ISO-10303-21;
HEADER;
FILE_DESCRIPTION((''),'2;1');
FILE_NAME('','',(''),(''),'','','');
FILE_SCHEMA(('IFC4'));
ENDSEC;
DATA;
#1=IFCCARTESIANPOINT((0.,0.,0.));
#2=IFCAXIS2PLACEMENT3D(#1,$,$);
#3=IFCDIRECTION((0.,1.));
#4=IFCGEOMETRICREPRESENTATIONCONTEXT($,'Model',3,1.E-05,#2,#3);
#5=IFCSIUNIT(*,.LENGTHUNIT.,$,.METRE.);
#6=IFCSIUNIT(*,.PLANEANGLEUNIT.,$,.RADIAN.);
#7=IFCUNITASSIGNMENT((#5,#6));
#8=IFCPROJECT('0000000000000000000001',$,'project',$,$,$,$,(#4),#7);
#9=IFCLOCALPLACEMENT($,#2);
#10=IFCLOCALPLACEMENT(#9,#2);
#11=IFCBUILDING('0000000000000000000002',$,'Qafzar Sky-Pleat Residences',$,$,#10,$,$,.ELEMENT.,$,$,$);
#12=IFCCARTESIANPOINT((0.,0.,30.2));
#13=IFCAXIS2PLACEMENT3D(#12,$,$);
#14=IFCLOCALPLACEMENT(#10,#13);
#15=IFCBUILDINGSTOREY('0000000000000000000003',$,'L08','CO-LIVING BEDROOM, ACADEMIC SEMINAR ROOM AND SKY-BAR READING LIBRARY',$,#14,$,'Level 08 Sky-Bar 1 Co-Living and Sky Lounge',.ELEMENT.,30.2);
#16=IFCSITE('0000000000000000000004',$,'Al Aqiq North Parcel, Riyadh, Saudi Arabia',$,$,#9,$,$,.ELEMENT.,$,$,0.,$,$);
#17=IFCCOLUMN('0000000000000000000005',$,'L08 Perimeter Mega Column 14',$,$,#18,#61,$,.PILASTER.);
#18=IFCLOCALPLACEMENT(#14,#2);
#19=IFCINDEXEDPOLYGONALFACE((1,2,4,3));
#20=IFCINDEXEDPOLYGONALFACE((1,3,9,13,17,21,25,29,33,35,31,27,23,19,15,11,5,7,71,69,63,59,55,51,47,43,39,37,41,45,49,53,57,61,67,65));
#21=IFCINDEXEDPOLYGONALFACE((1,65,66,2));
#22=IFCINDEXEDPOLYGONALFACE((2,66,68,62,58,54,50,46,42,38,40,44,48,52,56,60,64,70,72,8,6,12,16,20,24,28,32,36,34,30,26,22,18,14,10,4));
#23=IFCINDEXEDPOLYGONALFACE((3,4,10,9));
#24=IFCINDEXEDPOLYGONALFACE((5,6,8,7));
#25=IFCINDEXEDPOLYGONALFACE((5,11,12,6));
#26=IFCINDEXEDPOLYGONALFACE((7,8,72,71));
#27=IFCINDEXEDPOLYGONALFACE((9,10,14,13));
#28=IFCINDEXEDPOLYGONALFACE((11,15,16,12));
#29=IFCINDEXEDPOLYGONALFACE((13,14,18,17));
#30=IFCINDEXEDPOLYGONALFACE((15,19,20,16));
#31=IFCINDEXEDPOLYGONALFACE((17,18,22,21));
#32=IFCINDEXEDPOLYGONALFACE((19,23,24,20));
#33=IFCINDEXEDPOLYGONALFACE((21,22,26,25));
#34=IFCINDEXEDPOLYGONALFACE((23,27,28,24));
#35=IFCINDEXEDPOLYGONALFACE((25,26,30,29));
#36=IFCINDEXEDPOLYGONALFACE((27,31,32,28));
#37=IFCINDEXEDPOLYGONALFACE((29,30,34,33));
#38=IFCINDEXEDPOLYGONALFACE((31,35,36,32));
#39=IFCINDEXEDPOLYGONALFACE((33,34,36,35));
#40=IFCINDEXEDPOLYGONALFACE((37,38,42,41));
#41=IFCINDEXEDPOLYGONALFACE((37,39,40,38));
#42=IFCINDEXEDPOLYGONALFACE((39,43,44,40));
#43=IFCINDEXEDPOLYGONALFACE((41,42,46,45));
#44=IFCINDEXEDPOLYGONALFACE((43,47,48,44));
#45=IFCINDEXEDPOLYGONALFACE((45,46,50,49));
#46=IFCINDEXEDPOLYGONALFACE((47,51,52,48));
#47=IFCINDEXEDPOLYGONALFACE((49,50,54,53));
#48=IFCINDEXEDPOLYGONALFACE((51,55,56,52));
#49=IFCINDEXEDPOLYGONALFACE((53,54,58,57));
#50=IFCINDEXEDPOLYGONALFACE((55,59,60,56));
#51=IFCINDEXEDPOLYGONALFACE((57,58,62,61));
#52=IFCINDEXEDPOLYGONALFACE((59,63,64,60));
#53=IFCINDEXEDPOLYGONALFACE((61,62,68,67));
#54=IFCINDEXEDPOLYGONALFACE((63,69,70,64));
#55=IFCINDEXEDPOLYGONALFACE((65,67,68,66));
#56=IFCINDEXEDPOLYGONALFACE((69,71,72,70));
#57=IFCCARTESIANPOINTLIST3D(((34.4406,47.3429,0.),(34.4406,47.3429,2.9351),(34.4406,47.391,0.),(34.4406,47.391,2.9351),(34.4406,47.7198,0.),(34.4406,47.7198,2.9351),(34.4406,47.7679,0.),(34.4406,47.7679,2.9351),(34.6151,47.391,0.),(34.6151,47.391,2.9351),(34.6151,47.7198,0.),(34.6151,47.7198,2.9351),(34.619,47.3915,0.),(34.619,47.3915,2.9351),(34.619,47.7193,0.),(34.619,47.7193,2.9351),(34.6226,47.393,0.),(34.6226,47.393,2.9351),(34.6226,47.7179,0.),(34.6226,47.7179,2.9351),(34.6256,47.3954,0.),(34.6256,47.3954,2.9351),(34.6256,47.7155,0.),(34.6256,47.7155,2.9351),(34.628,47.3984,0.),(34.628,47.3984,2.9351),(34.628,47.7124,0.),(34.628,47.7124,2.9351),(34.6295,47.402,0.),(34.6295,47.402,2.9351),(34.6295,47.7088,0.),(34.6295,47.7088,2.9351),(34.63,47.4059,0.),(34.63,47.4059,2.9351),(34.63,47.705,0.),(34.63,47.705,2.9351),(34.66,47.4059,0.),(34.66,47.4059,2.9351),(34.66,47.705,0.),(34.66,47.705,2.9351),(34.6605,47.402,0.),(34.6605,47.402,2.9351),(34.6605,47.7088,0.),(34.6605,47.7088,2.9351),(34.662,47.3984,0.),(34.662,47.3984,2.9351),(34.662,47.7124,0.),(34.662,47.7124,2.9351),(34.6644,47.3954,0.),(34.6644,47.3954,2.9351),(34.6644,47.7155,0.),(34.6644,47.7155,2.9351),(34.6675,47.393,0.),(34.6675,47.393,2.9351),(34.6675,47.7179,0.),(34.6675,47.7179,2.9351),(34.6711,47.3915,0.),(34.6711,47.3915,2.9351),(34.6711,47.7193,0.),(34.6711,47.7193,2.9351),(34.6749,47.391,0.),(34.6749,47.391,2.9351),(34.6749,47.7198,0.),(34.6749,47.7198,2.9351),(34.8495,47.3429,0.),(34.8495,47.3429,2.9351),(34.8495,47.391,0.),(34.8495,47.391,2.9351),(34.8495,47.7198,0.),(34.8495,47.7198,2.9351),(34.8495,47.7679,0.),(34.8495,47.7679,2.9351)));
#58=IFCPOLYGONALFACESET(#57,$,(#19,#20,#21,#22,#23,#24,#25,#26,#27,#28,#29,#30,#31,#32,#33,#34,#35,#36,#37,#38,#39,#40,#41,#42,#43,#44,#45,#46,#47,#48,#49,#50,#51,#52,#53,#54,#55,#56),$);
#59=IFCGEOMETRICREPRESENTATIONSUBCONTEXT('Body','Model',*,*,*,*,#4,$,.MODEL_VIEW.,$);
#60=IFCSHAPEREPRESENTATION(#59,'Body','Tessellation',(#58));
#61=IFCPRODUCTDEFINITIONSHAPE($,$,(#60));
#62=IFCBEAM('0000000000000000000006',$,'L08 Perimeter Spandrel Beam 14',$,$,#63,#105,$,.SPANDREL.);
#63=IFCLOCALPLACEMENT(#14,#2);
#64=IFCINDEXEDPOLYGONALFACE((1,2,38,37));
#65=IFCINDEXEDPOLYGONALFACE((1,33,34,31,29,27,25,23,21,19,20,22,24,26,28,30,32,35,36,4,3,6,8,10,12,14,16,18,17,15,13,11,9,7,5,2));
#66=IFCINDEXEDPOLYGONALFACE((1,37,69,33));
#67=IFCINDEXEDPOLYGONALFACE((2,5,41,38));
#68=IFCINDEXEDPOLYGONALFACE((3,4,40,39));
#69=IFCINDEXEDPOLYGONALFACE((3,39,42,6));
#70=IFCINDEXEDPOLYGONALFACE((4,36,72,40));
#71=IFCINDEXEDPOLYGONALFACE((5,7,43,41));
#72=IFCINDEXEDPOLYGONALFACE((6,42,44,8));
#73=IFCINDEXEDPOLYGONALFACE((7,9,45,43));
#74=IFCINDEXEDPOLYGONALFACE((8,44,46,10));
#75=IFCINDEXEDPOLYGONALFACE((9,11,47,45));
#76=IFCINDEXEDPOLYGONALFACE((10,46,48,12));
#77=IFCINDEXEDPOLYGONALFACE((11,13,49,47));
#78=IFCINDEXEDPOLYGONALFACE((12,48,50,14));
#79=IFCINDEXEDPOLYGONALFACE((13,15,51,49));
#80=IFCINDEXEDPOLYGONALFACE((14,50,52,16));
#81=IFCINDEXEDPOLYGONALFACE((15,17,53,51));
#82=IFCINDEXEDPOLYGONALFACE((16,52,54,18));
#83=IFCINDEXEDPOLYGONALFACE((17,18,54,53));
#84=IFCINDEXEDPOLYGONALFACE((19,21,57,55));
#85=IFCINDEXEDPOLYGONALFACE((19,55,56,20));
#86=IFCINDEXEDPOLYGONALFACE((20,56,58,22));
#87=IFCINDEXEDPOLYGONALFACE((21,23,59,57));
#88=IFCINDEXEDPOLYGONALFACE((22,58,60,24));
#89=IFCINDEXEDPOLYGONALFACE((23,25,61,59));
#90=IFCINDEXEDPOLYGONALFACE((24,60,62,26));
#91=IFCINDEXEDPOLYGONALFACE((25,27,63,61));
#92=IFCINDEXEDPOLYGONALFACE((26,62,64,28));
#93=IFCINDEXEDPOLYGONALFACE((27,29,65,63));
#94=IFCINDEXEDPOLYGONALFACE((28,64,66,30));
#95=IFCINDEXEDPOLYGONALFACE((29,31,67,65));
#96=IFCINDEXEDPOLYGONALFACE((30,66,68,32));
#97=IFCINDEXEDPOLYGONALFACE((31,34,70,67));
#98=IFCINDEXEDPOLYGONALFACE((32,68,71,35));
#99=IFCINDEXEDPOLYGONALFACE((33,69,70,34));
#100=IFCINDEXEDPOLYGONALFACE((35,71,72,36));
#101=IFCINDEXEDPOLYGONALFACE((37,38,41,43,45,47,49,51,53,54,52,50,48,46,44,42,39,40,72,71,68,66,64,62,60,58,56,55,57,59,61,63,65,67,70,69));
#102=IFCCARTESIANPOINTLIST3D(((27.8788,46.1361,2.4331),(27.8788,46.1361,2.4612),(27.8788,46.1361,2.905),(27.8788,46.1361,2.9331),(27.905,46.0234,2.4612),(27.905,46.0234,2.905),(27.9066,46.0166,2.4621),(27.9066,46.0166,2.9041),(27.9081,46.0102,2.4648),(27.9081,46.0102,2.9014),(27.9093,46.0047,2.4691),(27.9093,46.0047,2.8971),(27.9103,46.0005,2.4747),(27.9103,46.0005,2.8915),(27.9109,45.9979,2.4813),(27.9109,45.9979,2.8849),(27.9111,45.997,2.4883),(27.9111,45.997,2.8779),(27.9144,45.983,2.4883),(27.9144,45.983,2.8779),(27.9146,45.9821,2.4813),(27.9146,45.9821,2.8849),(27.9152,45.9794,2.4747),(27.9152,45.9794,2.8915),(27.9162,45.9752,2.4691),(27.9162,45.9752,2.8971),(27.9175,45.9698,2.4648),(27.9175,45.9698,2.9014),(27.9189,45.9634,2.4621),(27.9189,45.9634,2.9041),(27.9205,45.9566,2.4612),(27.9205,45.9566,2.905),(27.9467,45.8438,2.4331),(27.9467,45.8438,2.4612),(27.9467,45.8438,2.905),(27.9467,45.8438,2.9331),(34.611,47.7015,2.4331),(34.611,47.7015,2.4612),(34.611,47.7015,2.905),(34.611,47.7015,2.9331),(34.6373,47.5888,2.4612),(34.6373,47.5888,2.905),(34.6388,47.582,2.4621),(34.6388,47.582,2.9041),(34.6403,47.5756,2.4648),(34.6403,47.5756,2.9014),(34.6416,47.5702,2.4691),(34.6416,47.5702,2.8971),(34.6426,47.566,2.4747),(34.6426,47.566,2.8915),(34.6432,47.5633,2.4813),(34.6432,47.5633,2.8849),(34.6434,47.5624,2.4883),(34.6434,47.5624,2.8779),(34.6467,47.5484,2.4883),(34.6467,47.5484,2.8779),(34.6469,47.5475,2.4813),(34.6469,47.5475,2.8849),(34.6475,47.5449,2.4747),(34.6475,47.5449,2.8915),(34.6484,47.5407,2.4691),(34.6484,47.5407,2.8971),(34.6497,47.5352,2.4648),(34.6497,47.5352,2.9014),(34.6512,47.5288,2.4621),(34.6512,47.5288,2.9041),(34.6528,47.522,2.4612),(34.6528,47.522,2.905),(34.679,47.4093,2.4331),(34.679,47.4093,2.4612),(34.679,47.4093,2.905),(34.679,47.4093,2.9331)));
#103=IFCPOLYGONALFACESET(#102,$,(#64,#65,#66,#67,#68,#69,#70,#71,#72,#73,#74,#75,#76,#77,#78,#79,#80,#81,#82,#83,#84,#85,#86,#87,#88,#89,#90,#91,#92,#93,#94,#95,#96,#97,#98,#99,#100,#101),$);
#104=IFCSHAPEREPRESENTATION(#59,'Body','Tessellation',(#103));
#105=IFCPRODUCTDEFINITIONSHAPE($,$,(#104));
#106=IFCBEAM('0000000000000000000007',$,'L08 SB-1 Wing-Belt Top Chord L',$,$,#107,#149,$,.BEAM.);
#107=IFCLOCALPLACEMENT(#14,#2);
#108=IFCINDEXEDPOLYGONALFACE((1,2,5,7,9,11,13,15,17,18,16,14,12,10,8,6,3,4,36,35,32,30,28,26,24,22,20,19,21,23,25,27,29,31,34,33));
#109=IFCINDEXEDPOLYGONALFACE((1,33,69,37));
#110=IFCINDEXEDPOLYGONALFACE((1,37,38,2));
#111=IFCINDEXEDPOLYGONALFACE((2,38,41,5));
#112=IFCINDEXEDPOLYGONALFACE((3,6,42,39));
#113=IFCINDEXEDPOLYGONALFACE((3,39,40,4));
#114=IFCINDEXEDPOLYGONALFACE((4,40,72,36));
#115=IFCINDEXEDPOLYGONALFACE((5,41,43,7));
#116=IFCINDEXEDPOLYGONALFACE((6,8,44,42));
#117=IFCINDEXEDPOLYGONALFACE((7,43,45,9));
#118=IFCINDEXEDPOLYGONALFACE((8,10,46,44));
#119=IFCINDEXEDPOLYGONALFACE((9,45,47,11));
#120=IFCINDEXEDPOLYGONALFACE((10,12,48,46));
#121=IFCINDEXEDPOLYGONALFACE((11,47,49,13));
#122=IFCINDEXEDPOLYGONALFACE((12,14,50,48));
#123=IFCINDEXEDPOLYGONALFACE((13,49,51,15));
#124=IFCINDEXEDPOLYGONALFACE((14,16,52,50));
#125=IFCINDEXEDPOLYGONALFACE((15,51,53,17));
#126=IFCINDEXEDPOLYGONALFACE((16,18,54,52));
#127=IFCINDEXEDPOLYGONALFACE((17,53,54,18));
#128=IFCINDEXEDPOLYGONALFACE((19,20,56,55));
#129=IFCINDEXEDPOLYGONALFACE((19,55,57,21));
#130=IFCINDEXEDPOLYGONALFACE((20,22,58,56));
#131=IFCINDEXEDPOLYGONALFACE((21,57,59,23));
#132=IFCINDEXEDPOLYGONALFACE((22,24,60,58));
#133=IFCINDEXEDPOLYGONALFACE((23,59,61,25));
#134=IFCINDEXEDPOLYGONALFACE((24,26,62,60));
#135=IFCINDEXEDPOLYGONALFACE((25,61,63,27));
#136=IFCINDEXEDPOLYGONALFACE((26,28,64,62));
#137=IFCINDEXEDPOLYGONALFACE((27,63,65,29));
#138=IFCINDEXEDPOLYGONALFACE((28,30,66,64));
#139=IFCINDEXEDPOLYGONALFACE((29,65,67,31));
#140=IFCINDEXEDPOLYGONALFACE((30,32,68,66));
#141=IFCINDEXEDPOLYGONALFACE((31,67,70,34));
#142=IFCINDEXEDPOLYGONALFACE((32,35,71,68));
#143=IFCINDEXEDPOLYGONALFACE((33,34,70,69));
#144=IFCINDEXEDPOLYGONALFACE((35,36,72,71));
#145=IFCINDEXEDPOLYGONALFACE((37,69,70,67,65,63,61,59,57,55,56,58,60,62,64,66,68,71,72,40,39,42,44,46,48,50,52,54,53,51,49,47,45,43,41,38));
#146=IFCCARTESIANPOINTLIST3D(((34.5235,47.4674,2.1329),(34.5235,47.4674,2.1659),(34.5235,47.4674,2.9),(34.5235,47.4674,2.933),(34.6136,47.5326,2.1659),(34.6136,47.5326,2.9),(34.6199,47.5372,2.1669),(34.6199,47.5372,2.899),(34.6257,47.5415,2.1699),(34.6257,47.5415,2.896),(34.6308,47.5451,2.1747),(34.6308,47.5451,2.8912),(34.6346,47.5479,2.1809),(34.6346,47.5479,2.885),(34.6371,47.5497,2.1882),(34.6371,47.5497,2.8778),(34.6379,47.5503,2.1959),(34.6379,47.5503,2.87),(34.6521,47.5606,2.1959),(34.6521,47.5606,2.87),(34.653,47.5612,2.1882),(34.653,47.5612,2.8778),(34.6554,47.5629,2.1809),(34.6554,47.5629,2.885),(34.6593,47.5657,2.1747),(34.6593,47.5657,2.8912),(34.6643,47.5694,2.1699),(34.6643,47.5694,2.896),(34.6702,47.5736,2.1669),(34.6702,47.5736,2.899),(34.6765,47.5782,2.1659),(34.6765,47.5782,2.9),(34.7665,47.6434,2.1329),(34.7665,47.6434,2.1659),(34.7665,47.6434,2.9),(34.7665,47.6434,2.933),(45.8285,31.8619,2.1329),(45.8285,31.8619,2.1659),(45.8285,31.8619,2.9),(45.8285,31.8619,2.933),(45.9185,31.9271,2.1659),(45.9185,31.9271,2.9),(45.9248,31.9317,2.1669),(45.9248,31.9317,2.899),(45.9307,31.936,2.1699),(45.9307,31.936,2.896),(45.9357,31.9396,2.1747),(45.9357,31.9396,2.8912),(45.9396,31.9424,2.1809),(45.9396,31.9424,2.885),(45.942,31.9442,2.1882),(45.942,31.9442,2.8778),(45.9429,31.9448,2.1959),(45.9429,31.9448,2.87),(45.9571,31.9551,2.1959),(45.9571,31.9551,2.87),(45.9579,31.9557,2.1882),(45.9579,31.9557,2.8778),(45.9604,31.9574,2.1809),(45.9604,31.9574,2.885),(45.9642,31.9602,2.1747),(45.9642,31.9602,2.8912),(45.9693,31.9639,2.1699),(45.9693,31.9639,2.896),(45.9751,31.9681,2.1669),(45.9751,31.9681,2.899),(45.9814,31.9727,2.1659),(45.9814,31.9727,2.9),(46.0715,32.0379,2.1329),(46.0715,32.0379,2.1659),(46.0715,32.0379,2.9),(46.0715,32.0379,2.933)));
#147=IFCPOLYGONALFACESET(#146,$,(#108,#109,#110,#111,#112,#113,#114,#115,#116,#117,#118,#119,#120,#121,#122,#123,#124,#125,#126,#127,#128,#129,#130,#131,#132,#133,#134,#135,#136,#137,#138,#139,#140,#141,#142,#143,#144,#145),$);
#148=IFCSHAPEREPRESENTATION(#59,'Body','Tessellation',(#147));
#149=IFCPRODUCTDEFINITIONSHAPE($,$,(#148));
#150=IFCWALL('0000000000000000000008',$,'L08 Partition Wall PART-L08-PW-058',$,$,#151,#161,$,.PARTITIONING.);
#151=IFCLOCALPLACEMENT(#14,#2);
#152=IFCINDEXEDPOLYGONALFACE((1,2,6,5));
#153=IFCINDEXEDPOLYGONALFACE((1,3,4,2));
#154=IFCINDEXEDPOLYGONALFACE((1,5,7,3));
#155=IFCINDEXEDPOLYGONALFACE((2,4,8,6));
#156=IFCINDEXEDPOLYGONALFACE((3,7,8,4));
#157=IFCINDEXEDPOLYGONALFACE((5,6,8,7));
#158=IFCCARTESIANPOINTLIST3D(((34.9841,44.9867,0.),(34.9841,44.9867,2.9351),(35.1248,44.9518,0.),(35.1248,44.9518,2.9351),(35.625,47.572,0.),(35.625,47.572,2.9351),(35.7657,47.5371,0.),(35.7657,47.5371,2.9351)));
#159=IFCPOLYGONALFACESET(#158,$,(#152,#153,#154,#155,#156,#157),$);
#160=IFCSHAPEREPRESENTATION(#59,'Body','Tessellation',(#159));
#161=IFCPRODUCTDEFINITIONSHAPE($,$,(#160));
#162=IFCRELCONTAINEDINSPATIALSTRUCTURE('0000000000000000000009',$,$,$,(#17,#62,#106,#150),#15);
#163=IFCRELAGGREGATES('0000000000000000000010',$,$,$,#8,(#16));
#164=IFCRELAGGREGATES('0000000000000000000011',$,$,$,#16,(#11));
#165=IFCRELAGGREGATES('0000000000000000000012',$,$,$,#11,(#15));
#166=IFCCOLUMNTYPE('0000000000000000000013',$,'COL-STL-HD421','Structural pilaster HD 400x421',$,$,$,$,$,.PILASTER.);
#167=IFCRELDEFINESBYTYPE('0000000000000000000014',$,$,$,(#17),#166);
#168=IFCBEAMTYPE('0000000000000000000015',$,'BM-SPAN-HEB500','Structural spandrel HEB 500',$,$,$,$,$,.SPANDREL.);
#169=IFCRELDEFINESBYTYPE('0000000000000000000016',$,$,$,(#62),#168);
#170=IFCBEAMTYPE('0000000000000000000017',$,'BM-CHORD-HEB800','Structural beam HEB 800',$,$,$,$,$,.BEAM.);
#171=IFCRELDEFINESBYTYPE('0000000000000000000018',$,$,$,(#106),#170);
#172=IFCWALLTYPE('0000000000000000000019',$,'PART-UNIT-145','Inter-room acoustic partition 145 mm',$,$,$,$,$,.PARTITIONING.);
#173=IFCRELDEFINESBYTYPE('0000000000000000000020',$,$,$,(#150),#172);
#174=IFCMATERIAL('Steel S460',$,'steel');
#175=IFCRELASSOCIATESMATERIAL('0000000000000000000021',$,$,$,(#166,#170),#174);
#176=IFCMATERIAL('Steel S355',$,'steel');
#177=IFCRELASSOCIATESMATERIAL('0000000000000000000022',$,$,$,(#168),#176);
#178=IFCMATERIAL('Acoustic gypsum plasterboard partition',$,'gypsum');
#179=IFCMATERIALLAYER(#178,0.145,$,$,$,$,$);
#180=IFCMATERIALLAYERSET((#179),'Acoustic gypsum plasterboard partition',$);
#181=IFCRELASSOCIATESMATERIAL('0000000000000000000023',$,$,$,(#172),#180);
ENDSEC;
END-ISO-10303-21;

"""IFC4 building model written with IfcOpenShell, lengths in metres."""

from ifc_helpers import new_model, si_unit, direction, frame, frame_2d, origin, origin_2d, place, context, subcontext, project, spatial, rectangle, i_section, extrude, source, transform, mapped, material, layer, layer_set, material_profile, profile_set, type_object, element, save


model = new_model("IFC4")

# Units and contexts
model_context = context("Model", 3, precision=1e-05, world=origin(), true_north=direction((0.0, 1.0)))
body_context = subcontext(model_context, "Body", "Model", "MODEL_VIEW")
ifc_project = project(units=[si_unit("LENGTHUNIT", "METRE"), si_unit("PLANEANGLEUNIT", "RADIAN")], contexts=[model_context])

# Site, building, storey
site_placement = place(None, origin())
site = spatial("IfcSite", under=ifc_project, at=site_placement, Name="Al Aqiq North Parcel, Riyadh, Saudi Arabia", CompositionType="ELEMENT", RefElevation=0.0)
building_placement = place(site_placement, origin())
building = spatial("IfcBuilding", under=site, at=building_placement, Name="Qafzar Sky-Pleat Residences", CompositionType="ELEMENT")
storey_placement = place(building_placement, frame((0.0, 0.0, 30.2)))
storey = spatial("IfcBuildingStorey", under=building, at=storey_placement, Name="L08", Description="CO-LIVING BEDROOM, ACADEMIC SEMINAR ROOM AND SKY-BAR READING LIBRARY", LongName="Level 08 Sky-Bar 1 Co-Living and Sky Lounge", CompositionType="ELEMENT", Elevation=30.2)

# Column
ifc_material_1 = material(Name="Steel S460", Category="steel")
ifc_material_profile_1 = material_profile(ifc_material_1, i_section(OverallWidth=0.4089, OverallDepth=0.425, WebThickness=0.03, FlangeThickness=0.0481, FilletRadius=0.0149, at=origin_2d()), Name="HD 400x421")
ifc_profile_set_1 = profile_set([ifc_material_profile_1], Name="Steel S460")
column_type = type_object("IfcColumnType", Name="COL-STL-HD421", Description="Structural pilaster HD 400x421", PredefinedType="PILASTER", material=ifc_profile_set_1)
shared_shape_1 = source(origin(), body_context, "Body", "SweptSolid", [
    extrude(i_section(OverallWidth=0.4089, OverallDepth=0.425, WebThickness=0.03, FlangeThickness=0.0481, FilletRadius=0.0149, at=origin_2d()), origin(), (0.0, 0.0, 1.0), 2.9351),
])
column_placement = place(storey_placement, frame((34.645, 47.5554, 0.0), z_axis=(0.0, 0.0, 1.0), x_axis=(1.0, 0.0, 0.0)))
element("IfcColumn", 1, at=column_placement, inside=storey, type_object=column_type, Name="L08 Perimeter Mega Column 14", PredefinedType="PILASTER", context=body_context, shape_type="MappedRepresentation", body=[
    mapped(shared_shape_1, transform((0.0, 0.0, 0.0), x_axis=(1.0, 0.0, 0.0), y_axis=(0.0, 1.0, 0.0), z_axis=(0.0, 0.0, 1.0), scale=1.0)),
])

# Beams
ifc_material_2 = material(Name="Steel S355", Category="steel")
ifc_material_profile_2 = material_profile(ifc_material_2, i_section(OverallWidth=0.3, OverallDepth=0.5, WebThickness=0.0144, FlangeThickness=0.0281, FilletRadius=0.0271, at=origin_2d()), Name="HEB 500")
ifc_profile_set_2 = profile_set([ifc_material_profile_2], Name="Steel S355")
beam_type_1 = type_object("IfcBeamType", Name="BM-SPAN-HEB500", Description="Structural spandrel HEB 500", PredefinedType="SPANDREL", material=ifc_profile_set_2)
shared_shape_2 = source(origin(), body_context, "Body", "SweptSolid", [
    extrude(i_section(OverallWidth=0.3, OverallDepth=0.5, WebThickness=0.0144, FlangeThickness=0.0281, FilletRadius=0.0271, at=origin_2d()), origin(), (0.0, 0.0, 1.0), 6.9119),
])
beam_1_placement = place(storey_placement, frame((34.645, 47.5554, 2.6831), z_axis=(-0.974014, -0.226487, 0.0), x_axis=(0.226487, -0.974014, 0.0)))
element("IfcBeam", 2, at=beam_1_placement, inside=storey, type_object=beam_type_1, Name="L08 Perimeter Spandrel Beam 14", PredefinedType="SPANDREL", context=body_context, shape_type="MappedRepresentation", body=[
    mapped(shared_shape_2, transform((0.0, 0.0, 0.0), x_axis=(1.0, 0.0, 0.0), y_axis=(0.0, 1.0, 0.0), z_axis=(0.0, 0.0, 1.0), scale=1.0)),
])
ifc_material_profile_3 = material_profile(ifc_material_1, i_section(OverallWidth=0.3, OverallDepth=0.8, WebThickness=0.0176, FlangeThickness=0.033, FilletRadius=0.03, at=origin_2d()), Name="HEB 800")
ifc_profile_set_3 = profile_set([ifc_material_profile_3], Name="Steel S460")
beam_type_2 = type_object("IfcBeamType", Name="BM-CHORD-HEB800", Description="Structural beam HEB 800", PredefinedType="BEAM", material=ifc_profile_set_3)
shared_shape_3 = source(origin(), body_context, "Body", "SweptSolid", [
    extrude(i_section(OverallWidth=0.3, OverallDepth=0.8, WebThickness=0.0176, FlangeThickness=0.033, FilletRadius=0.03, at=origin_2d()), origin(), (0.0, 0.0, 1.0), 19.27),
])
beam_2_placement = place(storey_placement, frame((34.645, 47.5554, 2.533), z_axis=(0.58666, -0.809833, 0.0), x_axis=(0.809833, 0.58666, 0.0)))
element("IfcBeam", 3, at=beam_2_placement, inside=storey, type_object=beam_type_2, Name="L08 SB-1 Wing-Belt Top Chord L", PredefinedType="BEAM", context=body_context, shape_type="MappedRepresentation", body=[
    mapped(shared_shape_3, transform((0.0, 0.0, 0.0), x_axis=(1.0, 0.0, 0.0), y_axis=(0.0, 1.0, 0.0), z_axis=(0.0, 0.0, 1.0), scale=1.0)),
])

# Wall
ifc_material_3 = material(Name="Acoustic gypsum plasterboard partition", Category="gypsum")
ifc_layer_1 = layer(ifc_material_3, 0.145)
ifc_layer_set_1 = layer_set([ifc_layer_1], Name="Acoustic gypsum plasterboard partition")
wall_type_1 = type_object("IfcWallType", Name="PART-UNIT-145", Description="Inter-room acoustic partition 145 mm", PredefinedType="PARTITIONING", material=ifc_layer_set_1)
wall_1_placement = place(storey_placement, frame((35.0544, 44.9692, 0.0), z_axis=(0.0, 0.0, 1.0), x_axis=(0.240616, 0.97062, 0.0)))
element("IfcWall", 4, at=wall_1_placement, inside=storey, type_object=wall_type_1, Name="L08 Partition Wall PART-L08-PW-058", PredefinedType="PARTITIONING", context=body_context, shape_type="SweptSolid", body=[
    extrude(rectangle(XDim=2.6636, YDim=0.145, at=frame_2d((1.3318, 0.0))), origin(), (0.0, 0.0, 1.0), 2.9351),
])

save(model, "model.ifc")
